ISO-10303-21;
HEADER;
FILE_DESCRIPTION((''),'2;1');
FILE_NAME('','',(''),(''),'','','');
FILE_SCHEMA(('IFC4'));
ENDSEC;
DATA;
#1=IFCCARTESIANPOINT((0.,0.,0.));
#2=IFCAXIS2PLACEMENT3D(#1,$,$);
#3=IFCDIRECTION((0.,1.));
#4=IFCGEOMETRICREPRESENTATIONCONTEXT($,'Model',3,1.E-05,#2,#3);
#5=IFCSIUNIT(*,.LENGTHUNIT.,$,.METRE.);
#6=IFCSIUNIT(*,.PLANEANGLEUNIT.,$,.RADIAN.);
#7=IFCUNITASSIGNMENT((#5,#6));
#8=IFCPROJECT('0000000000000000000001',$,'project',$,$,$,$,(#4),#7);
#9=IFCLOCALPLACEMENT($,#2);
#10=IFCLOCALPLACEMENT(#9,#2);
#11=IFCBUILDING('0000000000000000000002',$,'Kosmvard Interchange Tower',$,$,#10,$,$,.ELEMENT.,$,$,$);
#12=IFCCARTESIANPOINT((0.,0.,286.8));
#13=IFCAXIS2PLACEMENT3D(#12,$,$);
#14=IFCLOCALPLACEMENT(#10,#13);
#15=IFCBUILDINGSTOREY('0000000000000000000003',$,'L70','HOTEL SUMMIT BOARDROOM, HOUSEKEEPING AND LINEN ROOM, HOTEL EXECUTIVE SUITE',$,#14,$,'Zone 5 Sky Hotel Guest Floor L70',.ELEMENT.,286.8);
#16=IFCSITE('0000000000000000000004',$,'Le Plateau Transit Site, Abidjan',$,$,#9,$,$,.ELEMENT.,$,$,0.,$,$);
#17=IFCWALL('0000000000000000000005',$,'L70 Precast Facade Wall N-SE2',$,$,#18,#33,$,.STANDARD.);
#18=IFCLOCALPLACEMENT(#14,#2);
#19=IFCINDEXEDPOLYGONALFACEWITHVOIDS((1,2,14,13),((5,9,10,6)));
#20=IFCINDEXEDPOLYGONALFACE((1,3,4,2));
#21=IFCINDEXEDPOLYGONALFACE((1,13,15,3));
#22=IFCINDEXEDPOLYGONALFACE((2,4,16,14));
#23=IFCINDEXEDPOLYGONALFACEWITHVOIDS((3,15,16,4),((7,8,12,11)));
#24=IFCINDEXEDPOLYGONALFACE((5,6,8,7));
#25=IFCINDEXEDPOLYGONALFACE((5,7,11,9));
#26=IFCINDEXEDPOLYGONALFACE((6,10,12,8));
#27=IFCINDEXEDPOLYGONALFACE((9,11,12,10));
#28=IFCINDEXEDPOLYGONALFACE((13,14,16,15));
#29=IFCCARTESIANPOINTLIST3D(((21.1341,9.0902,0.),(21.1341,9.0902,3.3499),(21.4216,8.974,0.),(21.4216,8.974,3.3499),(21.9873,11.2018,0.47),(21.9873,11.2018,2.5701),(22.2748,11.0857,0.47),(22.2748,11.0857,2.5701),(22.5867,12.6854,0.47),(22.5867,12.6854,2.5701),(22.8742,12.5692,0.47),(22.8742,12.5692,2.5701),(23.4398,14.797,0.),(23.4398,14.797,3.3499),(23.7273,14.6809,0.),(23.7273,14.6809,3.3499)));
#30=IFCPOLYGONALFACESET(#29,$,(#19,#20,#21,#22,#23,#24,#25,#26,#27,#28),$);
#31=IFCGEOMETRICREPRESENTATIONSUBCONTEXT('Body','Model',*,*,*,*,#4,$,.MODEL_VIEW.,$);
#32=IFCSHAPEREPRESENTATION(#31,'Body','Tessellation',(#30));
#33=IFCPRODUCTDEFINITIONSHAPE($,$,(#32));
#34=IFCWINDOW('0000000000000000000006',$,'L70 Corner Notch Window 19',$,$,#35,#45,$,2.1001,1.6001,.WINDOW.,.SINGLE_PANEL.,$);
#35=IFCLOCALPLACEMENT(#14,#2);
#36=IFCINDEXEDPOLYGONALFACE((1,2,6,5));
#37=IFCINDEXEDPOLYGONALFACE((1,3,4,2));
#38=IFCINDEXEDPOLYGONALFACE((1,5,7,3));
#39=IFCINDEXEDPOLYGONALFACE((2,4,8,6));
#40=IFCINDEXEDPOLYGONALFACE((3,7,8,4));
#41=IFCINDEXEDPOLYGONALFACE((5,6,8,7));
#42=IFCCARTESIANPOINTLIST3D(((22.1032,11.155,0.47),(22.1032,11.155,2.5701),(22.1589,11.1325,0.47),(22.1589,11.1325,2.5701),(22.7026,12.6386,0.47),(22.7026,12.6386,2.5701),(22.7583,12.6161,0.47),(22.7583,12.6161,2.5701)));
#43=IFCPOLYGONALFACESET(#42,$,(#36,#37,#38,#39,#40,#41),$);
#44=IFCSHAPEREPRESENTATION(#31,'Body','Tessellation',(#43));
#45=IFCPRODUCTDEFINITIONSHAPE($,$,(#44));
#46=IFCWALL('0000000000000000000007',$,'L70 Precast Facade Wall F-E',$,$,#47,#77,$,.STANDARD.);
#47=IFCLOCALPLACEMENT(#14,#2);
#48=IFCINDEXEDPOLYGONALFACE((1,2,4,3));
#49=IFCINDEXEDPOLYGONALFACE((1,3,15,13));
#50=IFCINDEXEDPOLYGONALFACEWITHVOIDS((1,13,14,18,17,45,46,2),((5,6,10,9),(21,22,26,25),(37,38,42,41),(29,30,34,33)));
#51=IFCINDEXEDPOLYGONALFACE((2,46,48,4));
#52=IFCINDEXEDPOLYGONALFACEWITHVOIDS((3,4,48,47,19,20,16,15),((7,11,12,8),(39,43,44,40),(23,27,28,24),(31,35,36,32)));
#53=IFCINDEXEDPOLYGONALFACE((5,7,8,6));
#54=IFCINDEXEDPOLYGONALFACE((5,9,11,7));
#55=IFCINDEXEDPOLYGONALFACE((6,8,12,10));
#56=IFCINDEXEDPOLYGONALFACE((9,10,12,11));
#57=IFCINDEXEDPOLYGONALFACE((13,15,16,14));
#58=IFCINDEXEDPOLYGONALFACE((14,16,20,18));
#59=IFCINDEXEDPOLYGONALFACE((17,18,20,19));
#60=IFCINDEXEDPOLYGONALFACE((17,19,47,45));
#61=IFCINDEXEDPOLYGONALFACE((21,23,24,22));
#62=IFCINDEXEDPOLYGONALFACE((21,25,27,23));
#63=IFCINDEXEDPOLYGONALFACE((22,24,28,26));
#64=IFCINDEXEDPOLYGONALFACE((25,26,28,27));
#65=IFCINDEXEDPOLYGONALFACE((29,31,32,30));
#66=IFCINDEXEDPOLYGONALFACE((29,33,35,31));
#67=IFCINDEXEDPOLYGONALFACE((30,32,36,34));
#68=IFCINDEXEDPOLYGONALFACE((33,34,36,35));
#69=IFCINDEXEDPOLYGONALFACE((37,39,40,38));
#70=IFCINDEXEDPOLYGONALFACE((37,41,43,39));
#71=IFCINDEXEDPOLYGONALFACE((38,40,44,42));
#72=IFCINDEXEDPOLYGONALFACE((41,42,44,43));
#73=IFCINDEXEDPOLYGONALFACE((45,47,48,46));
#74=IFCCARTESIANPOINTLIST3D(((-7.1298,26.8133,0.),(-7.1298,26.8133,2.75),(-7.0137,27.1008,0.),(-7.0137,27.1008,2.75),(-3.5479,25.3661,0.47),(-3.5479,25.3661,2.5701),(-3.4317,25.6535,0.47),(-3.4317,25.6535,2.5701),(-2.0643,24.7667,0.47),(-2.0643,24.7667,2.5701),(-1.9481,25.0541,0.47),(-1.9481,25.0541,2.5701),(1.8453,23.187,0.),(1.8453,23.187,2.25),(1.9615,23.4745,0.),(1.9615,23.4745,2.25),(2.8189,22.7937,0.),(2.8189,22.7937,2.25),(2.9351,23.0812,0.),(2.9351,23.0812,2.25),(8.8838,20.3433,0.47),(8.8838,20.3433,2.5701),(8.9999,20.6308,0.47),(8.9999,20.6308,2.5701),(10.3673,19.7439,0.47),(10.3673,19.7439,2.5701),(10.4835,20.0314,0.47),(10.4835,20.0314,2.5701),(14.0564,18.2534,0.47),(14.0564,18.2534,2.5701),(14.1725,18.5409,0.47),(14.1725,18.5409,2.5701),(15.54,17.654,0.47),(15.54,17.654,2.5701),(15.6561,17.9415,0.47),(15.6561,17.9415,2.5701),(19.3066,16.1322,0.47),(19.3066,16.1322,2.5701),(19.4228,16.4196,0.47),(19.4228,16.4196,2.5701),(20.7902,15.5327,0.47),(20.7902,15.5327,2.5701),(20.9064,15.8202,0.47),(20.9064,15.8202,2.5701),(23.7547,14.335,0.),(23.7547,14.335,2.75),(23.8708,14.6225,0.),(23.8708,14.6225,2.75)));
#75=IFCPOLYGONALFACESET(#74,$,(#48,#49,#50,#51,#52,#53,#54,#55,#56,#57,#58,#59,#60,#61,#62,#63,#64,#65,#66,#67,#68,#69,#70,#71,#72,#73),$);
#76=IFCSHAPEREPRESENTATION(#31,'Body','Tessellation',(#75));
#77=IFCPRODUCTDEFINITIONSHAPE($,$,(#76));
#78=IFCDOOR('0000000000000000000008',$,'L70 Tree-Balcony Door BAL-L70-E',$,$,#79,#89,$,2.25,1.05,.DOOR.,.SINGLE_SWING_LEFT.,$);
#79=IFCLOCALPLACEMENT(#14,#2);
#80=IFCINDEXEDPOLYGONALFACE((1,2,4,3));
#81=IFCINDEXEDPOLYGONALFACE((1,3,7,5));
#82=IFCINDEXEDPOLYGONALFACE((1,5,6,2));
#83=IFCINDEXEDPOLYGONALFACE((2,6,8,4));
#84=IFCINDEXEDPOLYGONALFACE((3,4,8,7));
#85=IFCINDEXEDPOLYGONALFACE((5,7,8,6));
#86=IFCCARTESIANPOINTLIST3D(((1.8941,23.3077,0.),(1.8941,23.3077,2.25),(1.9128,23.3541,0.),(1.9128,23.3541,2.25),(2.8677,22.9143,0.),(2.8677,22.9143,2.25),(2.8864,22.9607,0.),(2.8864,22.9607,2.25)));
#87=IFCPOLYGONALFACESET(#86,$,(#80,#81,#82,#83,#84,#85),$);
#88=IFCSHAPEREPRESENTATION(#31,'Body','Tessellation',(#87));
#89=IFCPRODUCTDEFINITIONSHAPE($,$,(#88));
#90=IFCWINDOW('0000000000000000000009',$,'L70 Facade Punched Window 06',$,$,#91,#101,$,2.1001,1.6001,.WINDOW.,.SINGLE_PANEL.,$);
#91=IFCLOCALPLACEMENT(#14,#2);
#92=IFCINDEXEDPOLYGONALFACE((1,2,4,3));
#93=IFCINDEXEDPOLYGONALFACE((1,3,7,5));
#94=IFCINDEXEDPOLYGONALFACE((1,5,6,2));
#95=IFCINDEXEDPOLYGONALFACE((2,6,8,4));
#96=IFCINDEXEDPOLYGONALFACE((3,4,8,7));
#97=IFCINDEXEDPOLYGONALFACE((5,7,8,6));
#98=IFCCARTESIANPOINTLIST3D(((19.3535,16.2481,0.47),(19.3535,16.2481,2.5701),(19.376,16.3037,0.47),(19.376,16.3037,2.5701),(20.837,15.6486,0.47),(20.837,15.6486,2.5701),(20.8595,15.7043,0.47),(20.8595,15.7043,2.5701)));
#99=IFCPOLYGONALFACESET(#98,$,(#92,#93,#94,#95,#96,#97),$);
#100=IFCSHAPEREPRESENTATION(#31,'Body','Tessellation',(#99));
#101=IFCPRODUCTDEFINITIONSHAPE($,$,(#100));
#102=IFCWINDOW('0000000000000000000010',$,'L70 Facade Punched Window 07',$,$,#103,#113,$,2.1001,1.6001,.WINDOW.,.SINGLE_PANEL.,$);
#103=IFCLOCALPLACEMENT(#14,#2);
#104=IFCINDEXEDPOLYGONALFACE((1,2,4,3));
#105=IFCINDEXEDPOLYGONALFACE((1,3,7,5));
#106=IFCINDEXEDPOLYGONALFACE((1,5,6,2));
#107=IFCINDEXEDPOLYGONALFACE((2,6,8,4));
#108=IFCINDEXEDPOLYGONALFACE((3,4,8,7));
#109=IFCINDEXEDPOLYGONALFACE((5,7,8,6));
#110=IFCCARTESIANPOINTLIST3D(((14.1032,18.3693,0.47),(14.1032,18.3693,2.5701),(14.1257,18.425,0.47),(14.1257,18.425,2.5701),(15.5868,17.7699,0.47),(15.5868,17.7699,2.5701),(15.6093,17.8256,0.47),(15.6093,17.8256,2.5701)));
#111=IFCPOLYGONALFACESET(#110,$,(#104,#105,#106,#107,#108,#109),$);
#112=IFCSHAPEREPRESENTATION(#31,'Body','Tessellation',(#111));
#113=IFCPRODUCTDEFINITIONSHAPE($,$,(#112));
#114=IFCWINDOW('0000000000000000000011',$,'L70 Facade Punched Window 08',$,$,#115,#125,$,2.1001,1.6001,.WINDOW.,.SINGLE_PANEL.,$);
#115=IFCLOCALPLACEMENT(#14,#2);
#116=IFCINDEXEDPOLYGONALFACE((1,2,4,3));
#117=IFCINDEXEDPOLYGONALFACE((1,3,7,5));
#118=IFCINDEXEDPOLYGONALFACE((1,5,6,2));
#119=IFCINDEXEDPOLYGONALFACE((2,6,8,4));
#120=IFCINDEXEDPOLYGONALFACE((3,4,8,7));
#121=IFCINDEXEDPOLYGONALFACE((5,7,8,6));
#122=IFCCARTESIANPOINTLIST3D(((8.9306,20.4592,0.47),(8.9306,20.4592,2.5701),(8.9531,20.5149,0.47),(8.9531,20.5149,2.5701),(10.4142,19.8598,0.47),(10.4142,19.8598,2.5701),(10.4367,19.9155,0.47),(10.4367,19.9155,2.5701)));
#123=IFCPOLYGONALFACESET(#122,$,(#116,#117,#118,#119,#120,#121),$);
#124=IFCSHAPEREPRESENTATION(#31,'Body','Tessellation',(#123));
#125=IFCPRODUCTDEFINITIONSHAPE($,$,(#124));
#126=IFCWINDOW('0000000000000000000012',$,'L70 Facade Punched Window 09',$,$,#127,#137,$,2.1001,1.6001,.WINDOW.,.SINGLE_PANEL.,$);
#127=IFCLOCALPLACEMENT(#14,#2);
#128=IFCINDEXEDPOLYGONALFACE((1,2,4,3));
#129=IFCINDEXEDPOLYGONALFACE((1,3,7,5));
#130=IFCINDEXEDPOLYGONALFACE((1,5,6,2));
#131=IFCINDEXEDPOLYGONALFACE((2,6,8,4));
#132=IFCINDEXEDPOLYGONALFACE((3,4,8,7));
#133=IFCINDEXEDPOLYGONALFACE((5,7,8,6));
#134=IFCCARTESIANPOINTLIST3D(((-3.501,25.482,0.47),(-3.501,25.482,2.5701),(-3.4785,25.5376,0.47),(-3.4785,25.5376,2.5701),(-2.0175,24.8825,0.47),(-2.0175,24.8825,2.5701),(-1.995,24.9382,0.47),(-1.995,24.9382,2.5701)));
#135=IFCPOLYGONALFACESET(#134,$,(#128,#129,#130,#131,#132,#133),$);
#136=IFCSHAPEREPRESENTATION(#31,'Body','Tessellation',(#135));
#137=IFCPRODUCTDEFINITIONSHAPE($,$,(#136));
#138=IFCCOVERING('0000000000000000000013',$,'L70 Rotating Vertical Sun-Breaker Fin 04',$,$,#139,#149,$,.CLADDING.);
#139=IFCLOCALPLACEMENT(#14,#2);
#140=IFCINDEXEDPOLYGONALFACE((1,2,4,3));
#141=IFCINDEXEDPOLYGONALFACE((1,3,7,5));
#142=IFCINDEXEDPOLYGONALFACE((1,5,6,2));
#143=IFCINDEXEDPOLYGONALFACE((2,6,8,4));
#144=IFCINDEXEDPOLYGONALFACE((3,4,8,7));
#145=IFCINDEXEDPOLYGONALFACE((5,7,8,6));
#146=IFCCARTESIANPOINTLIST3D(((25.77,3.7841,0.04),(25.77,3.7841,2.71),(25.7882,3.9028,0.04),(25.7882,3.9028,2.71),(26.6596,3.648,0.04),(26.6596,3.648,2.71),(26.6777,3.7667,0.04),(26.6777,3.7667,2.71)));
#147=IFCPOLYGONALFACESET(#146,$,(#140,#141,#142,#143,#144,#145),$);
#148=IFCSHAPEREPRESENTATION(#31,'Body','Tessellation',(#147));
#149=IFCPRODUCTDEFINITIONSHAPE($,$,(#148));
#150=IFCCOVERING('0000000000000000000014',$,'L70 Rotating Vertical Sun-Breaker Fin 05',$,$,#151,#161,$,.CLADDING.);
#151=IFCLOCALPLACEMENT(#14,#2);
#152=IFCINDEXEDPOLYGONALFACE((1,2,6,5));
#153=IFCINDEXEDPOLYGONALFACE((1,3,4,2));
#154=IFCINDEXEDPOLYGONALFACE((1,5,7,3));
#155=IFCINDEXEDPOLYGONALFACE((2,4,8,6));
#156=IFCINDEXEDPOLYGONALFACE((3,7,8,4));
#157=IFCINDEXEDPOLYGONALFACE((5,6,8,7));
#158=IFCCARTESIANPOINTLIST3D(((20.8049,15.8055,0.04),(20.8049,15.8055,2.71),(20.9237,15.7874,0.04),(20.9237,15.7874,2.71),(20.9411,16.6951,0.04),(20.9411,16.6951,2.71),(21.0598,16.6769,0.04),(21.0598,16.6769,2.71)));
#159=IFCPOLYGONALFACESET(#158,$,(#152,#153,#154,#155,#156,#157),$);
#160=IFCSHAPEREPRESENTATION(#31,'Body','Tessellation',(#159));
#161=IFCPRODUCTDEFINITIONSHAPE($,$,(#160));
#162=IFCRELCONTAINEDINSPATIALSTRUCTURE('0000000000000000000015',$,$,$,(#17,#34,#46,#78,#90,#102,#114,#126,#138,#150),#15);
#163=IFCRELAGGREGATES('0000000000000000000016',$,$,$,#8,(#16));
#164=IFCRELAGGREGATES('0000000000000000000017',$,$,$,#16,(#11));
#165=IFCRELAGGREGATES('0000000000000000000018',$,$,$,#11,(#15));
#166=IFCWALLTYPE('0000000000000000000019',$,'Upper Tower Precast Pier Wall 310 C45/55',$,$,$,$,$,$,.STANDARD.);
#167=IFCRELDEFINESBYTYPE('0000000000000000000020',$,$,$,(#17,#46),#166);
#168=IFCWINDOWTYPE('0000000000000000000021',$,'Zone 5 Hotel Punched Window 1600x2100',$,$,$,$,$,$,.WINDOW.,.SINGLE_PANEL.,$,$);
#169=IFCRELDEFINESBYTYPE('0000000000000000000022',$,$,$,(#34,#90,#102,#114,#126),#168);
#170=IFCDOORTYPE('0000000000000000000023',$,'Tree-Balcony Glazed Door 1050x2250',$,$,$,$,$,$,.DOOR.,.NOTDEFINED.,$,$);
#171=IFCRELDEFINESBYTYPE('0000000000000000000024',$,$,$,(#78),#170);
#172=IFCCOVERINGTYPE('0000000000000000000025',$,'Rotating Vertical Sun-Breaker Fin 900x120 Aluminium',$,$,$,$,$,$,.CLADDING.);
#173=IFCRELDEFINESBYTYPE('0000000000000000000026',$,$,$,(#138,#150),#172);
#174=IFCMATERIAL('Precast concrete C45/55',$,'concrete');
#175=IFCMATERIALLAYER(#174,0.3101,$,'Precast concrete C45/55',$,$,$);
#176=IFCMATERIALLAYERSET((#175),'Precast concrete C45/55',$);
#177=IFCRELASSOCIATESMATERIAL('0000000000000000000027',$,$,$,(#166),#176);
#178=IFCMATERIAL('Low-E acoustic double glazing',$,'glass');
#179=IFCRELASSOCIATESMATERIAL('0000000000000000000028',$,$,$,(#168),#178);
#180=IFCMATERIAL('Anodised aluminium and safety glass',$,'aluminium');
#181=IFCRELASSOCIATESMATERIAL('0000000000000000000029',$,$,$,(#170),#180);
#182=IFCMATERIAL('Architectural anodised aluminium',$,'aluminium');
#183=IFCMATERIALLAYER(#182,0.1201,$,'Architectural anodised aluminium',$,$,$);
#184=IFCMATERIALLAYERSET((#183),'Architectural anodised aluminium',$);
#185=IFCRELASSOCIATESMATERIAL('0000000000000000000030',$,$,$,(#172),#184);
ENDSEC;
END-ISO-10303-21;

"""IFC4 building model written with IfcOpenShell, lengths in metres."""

from ifc_helpers import new_model, si_unit, direction, frame, frame_2d, origin, origin_2d, place, context, subcontext, project, spatial, rectangle, extrude, source, transform, mapped, material, layer, layer_set, type_object, element, fill, save


model = new_model("IFC4")

# Units and contexts
model_context = context("Model", 3, precision=1e-05, world=origin(), true_north=direction((0.0, 1.0)))
body_context = subcontext(model_context, "Body", "Model", "MODEL_VIEW")
ifc_project = project(units=[si_unit("LENGTHUNIT", "METRE"), si_unit("PLANEANGLEUNIT", "RADIAN")], contexts=[model_context])

# Site, building, storey
site_placement = place(None, origin())
site = spatial("IfcSite", under=ifc_project, at=site_placement, Name="Le Plateau Transit Site, Abidjan", CompositionType="ELEMENT", RefElevation=0.0)
building_placement = place(site_placement, origin())
building = spatial("IfcBuilding", under=site, at=building_placement, Name="Kosmvard Interchange Tower", CompositionType="ELEMENT")
storey_placement = place(building_placement, frame((0.0, 0.0, 286.8)))
storey = spatial("IfcBuildingStorey", under=building, at=storey_placement, Name="L70", Description="HOTEL SUMMIT BOARDROOM, HOUSEKEEPING AND LINEN ROOM, HOTEL EXECUTIVE SUITE", LongName="Zone 5 Sky Hotel Guest Floor L70", CompositionType="ELEMENT", Elevation=286.8)

# Shared definitions
ifc_material_1 = material(Name="Precast concrete C45/55", Category="concrete")

# Shared definitions
ifc_layer_1 = layer(ifc_material_1, 0.3101, Name="Precast concrete C45/55")
ifc_layer_set_1 = layer_set([ifc_layer_1], Name="Precast concrete C45/55")
wall_type_1 = type_object("IfcWallType", Name="Upper Tower Precast Pier Wall 310 C45/55", PredefinedType="STANDARD", material=ifc_layer_set_1)

# Wall, opening, window
wall_1_placement = place(storey_placement, frame((21.2778, 9.032, 0.0), z_axis=(0.0, 0.0, 1.0), x_axis=(0.374603, 0.927185, 0.0)))
wall_1 = element("IfcWall", 1, at=wall_1_placement, inside=storey, type_object=wall_type_1, Name="L70 Precast Facade Wall N-SE2", PredefinedType="STANDARD", context=body_context, shape_type="SweptSolid", body=[
    extrude(rectangle(XDim=6.155, YDim=0.3101, at=frame_2d((3.0776, 0.0))), origin(), (0.0, 0.0, 1.0), 3.3499),
])
opening_1_placement = place(wall_1_placement, frame((2.2776, 0.0, 0.47)))
opening_1 = element("IfcOpeningElement", 2, at=opening_1_placement, cuts=wall_1, PredefinedType="OPENING", context=body_context, shape_type="SweptSolid", body=[
    extrude(rectangle(XDim=1.6001, YDim=2.1001, at=frame_2d((0.8, 1.05))), frame((0.0, 0.165, 0.0), z_axis=(0.0, -1.0, 0.0), x_axis=(1.0, 0.0, 0.0)), (0.0, 0.0, 1.0), 0.3301),
])
ifc_material_2 = material(Name="Low-E acoustic double glazing", Category="glass")
window_type = type_object("IfcWindowType", Name="Zone 5 Hotel Punched Window 1600x2100", PartitioningType="SINGLE_PANEL", PredefinedType="WINDOW", material=ifc_material_2)
shared_shape_1 = source(origin(), body_context, "Body", "SweptSolid", [
    extrude(rectangle(XDim=1.6001, YDim=2.1001, at=frame_2d((0.8, 1.05))), frame((0.0, 0.03, 0.0), z_axis=(0.0, -1.0, 0.0), x_axis=(1.0, 0.0, 0.0)), (0.0, 0.0, 1.0), 0.0601),
])
window_1_placement = place(opening_1_placement, origin())
window_1 = element("IfcWindow", 3, at=window_1_placement, inside=storey, type_object=window_type, Name="L70 Corner Notch Window 19", OverallHeight=2.1001, OverallWidth=1.6001, PartitioningType="SINGLE_PANEL", PredefinedType="WINDOW", context=body_context, shape_type="MappedRepresentation", body=[
    mapped(shared_shape_1, transform((0.0, 0.0, 0.0), scale=1.0)),
])
fill(opening_1, window_1)

# Wall, openings, door, windows
wall_2_placement = place(storey_placement, frame((23.8127, 14.4788, 0.0), z_axis=(0.0, 0.0, 1.0), x_axis=(-0.927183, 0.37461, 0.0)))
wall_2 = element("IfcWall", 4, at=wall_2_placement, inside=storey, type_object=wall_type_1, Name="L70 Precast Facade Wall F-E", PredefinedType="STANDARD", context=body_context, shape_type="SweptSolid", body=[
    extrude(rectangle(XDim=33.3101, YDim=0.3101, at=frame_2d((16.655, 0.0))), origin(), (0.0, 0.0, 1.0), 2.75),
])
opening_2_placement = place(wall_2_placement, frame((22.5801, 0.0, 0.0)))
opening_2 = element("IfcOpeningElement", 5, at=opening_2_placement, cuts=wall_2, PredefinedType="OPENING", context=body_context, shape_type="SweptSolid", body=[
    extrude(rectangle(XDim=1.05, YDim=2.25, at=frame_2d((0.5249, 1.125))), frame((0.0, 0.165, 0.0), z_axis=(0.0, -1.0, 0.0), x_axis=(1.0, 0.0, 0.0)), (0.0, 0.0, 1.0), 0.3301),
])
opening_3_placement = place(wall_2_placement, frame((3.1973, 0.0, 0.47)))
opening_3 = element("IfcOpeningElement", 6, at=opening_3_placement, cuts=wall_2, PredefinedType="OPENING", context=body_context, shape_type="SweptSolid", body=[
    extrude(rectangle(XDim=1.6001, YDim=2.1001, at=frame_2d((0.8, 1.05))), frame((0.0, 0.165, 0.0), z_axis=(0.0, -1.0, 0.0), x_axis=(1.0, 0.0, 0.0)), (0.0, 0.0, 1.0), 0.3301),
])
opening_4_placement = place(wall_2_placement, frame((8.8599, 0.0, 0.47)))
opening_4 = element("IfcOpeningElement", 7, at=opening_4_placement, cuts=wall_2, PredefinedType="OPENING", context=body_context, shape_type="SweptSolid", body=[
    extrude(rectangle(XDim=1.6001, YDim=2.1001, at=frame_2d((0.8, 1.05))), frame((0.0, 0.165, 0.0), z_axis=(0.0, -1.0, 0.0), x_axis=(1.0, 0.0, 0.0)), (0.0, 0.0, 1.0), 0.3301),
])
opening_5_placement = place(wall_2_placement, frame((14.4387, 0.0, 0.47)))
opening_5 = element("IfcOpeningElement", 8, at=opening_5_placement, cuts=wall_2, PredefinedType="OPENING", context=body_context, shape_type="SweptSolid", body=[
    extrude(rectangle(XDim=1.6001, YDim=2.1001, at=frame_2d((0.8, 1.05))), frame((0.0, 0.165, 0.0), z_axis=(0.0, -1.0, 0.0), x_axis=(1.0, 0.0, 0.0)), (0.0, 0.0, 1.0), 0.3301),
])
opening_6_placement = place(wall_2_placement, frame((27.8467, 0.0, 0.47)))
opening_6 = element("IfcOpeningElement", 9, at=opening_6_placement, cuts=wall_2, PredefinedType="OPENING", context=body_context, shape_type="SweptSolid", body=[
    extrude(rectangle(XDim=1.6001, YDim=2.1001, at=frame_2d((0.8, 1.05))), frame((0.0, 0.165, 0.0), z_axis=(0.0, -1.0, 0.0), x_axis=(1.0, 0.0, 0.0)), (0.0, 0.0, 1.0), 0.3301),
])
ifc_material_3 = material(Name="Anodised aluminium and safety glass", Category="aluminium")
door_type = type_object("IfcDoorType", Name="Tree-Balcony Glazed Door 1050x2250", OperationType="NOTDEFINED", PredefinedType="DOOR", material=ifc_material_3)
shared_shape_2 = source(origin(), body_context, "Body", "SweptSolid", [
    extrude(rectangle(XDim=1.05, YDim=2.25, at=frame_2d((0.5249, 1.125))), frame((0.0, 0.0249, 0.0), z_axis=(0.0, -1.0, 0.0), x_axis=(1.0, 0.0, 0.0)), (0.0, 0.0, 1.0), 0.05),
])
door_placement = place(opening_2_placement, origin())
door = element("IfcDoor", 10, at=door_placement, inside=storey, type_object=door_type, Name="L70 Tree-Balcony Door BAL-L70-E", OperationType="SINGLE_SWING_LEFT", OverallHeight=2.25, OverallWidth=1.05, PredefinedType="DOOR", context=body_context, shape_type="MappedRepresentation", body=[
    mapped(shared_shape_2, transform((0.0, 0.0, 0.0), scale=1.0)),
])
fill(opening_2, door)
window_2_placement = place(opening_3_placement, origin())
window_2 = element("IfcWindow", 11, at=window_2_placement, inside=storey, type_object=window_type, Name="L70 Facade Punched Window 06", OverallHeight=2.1001, OverallWidth=1.6001, PartitioningType="SINGLE_PANEL", PredefinedType="WINDOW", context=body_context, shape_type="MappedRepresentation", body=[
    mapped(shared_shape_1, transform((0.0, 0.0, 0.0), scale=1.0)),
])
fill(opening_3, window_2)
window_3_placement = place(opening_4_placement, origin())
window_3 = element("IfcWindow", 12, at=window_3_placement, inside=storey, type_object=window_type, Name="L70 Facade Punched Window 07", OverallHeight=2.1001, OverallWidth=1.6001, PartitioningType="SINGLE_PANEL", PredefinedType="WINDOW", context=body_context, shape_type="MappedRepresentation", body=[
    mapped(shared_shape_1, transform((0.0, 0.0, 0.0), scale=1.0)),
])
fill(opening_4, window_3)
window_4_placement = place(opening_5_placement, origin())
window_4 = element("IfcWindow", 13, at=window_4_placement, inside=storey, type_object=window_type, Name="L70 Facade Punched Window 08", OverallHeight=2.1001, OverallWidth=1.6001, PartitioningType="SINGLE_PANEL", PredefinedType="WINDOW", context=body_context, shape_type="MappedRepresentation", body=[
    mapped(shared_shape_1, transform((0.0, 0.0, 0.0), scale=1.0)),
])
fill(opening_5, window_4)
window_5_placement = place(opening_6_placement, origin())
window_5 = element("IfcWindow", 14, at=window_5_placement, inside=storey, type_object=window_type, Name="L70 Facade Punched Window 09", OverallHeight=2.1001, OverallWidth=1.6001, PartitioningType="SINGLE_PANEL", PredefinedType="WINDOW", context=body_context, shape_type="MappedRepresentation", body=[
    mapped(shared_shape_1, transform((0.0, 0.0, 0.0), scale=1.0)),
])
fill(opening_6, window_5)

# Coverings
ifc_material_4 = material(Name="Architectural anodised aluminium", Category="aluminium")
ifc_layer_2 = layer(ifc_material_4, 0.1201, Name="Architectural anodised aluminium")
ifc_layer_set_2 = layer_set([ifc_layer_2], Name="Architectural anodised aluminium")
covering_type = type_object("IfcCoveringType", Name="Rotating Vertical Sun-Breaker Fin 900x120 Aluminium", PredefinedType="CLADDING", material=ifc_layer_set_2)
shared_shape_3 = source(origin(), body_context, "Body", "SweptSolid", [
    extrude(rectangle(XDim=0.8999, YDim=0.1201, at=origin_2d()), origin(), (0.0, 0.0, 1.0), 2.6699),
])
for number, where, z_axis, x_axis, name in (
    (15, (26.2239, 3.7754, 0.04), (0.0, 0.0, 1.0), (0.988494, -0.151261, 0.0), "L70 Rotating Vertical Sun-Breaker Fin 04"),
    (16, (20.9324, 16.2412, 0.04), (0.0, 0.0, 1.0), (0.151261, 0.988494, 0.0), "L70 Rotating Vertical Sun-Breaker Fin 05"),
):
    element("IfcCovering", number, at=place(storey_placement, frame(where, z_axis=z_axis, x_axis=x_axis)), inside=storey, type_object=covering_type, Name=name, PredefinedType="CLADDING", context=body_context, shape_type="MappedRepresentation", body=[
        mapped(shared_shape_3, transform((0.0, 0.0, 0.0), scale=1.0)),
    ])

save(model, "model.ifc")
